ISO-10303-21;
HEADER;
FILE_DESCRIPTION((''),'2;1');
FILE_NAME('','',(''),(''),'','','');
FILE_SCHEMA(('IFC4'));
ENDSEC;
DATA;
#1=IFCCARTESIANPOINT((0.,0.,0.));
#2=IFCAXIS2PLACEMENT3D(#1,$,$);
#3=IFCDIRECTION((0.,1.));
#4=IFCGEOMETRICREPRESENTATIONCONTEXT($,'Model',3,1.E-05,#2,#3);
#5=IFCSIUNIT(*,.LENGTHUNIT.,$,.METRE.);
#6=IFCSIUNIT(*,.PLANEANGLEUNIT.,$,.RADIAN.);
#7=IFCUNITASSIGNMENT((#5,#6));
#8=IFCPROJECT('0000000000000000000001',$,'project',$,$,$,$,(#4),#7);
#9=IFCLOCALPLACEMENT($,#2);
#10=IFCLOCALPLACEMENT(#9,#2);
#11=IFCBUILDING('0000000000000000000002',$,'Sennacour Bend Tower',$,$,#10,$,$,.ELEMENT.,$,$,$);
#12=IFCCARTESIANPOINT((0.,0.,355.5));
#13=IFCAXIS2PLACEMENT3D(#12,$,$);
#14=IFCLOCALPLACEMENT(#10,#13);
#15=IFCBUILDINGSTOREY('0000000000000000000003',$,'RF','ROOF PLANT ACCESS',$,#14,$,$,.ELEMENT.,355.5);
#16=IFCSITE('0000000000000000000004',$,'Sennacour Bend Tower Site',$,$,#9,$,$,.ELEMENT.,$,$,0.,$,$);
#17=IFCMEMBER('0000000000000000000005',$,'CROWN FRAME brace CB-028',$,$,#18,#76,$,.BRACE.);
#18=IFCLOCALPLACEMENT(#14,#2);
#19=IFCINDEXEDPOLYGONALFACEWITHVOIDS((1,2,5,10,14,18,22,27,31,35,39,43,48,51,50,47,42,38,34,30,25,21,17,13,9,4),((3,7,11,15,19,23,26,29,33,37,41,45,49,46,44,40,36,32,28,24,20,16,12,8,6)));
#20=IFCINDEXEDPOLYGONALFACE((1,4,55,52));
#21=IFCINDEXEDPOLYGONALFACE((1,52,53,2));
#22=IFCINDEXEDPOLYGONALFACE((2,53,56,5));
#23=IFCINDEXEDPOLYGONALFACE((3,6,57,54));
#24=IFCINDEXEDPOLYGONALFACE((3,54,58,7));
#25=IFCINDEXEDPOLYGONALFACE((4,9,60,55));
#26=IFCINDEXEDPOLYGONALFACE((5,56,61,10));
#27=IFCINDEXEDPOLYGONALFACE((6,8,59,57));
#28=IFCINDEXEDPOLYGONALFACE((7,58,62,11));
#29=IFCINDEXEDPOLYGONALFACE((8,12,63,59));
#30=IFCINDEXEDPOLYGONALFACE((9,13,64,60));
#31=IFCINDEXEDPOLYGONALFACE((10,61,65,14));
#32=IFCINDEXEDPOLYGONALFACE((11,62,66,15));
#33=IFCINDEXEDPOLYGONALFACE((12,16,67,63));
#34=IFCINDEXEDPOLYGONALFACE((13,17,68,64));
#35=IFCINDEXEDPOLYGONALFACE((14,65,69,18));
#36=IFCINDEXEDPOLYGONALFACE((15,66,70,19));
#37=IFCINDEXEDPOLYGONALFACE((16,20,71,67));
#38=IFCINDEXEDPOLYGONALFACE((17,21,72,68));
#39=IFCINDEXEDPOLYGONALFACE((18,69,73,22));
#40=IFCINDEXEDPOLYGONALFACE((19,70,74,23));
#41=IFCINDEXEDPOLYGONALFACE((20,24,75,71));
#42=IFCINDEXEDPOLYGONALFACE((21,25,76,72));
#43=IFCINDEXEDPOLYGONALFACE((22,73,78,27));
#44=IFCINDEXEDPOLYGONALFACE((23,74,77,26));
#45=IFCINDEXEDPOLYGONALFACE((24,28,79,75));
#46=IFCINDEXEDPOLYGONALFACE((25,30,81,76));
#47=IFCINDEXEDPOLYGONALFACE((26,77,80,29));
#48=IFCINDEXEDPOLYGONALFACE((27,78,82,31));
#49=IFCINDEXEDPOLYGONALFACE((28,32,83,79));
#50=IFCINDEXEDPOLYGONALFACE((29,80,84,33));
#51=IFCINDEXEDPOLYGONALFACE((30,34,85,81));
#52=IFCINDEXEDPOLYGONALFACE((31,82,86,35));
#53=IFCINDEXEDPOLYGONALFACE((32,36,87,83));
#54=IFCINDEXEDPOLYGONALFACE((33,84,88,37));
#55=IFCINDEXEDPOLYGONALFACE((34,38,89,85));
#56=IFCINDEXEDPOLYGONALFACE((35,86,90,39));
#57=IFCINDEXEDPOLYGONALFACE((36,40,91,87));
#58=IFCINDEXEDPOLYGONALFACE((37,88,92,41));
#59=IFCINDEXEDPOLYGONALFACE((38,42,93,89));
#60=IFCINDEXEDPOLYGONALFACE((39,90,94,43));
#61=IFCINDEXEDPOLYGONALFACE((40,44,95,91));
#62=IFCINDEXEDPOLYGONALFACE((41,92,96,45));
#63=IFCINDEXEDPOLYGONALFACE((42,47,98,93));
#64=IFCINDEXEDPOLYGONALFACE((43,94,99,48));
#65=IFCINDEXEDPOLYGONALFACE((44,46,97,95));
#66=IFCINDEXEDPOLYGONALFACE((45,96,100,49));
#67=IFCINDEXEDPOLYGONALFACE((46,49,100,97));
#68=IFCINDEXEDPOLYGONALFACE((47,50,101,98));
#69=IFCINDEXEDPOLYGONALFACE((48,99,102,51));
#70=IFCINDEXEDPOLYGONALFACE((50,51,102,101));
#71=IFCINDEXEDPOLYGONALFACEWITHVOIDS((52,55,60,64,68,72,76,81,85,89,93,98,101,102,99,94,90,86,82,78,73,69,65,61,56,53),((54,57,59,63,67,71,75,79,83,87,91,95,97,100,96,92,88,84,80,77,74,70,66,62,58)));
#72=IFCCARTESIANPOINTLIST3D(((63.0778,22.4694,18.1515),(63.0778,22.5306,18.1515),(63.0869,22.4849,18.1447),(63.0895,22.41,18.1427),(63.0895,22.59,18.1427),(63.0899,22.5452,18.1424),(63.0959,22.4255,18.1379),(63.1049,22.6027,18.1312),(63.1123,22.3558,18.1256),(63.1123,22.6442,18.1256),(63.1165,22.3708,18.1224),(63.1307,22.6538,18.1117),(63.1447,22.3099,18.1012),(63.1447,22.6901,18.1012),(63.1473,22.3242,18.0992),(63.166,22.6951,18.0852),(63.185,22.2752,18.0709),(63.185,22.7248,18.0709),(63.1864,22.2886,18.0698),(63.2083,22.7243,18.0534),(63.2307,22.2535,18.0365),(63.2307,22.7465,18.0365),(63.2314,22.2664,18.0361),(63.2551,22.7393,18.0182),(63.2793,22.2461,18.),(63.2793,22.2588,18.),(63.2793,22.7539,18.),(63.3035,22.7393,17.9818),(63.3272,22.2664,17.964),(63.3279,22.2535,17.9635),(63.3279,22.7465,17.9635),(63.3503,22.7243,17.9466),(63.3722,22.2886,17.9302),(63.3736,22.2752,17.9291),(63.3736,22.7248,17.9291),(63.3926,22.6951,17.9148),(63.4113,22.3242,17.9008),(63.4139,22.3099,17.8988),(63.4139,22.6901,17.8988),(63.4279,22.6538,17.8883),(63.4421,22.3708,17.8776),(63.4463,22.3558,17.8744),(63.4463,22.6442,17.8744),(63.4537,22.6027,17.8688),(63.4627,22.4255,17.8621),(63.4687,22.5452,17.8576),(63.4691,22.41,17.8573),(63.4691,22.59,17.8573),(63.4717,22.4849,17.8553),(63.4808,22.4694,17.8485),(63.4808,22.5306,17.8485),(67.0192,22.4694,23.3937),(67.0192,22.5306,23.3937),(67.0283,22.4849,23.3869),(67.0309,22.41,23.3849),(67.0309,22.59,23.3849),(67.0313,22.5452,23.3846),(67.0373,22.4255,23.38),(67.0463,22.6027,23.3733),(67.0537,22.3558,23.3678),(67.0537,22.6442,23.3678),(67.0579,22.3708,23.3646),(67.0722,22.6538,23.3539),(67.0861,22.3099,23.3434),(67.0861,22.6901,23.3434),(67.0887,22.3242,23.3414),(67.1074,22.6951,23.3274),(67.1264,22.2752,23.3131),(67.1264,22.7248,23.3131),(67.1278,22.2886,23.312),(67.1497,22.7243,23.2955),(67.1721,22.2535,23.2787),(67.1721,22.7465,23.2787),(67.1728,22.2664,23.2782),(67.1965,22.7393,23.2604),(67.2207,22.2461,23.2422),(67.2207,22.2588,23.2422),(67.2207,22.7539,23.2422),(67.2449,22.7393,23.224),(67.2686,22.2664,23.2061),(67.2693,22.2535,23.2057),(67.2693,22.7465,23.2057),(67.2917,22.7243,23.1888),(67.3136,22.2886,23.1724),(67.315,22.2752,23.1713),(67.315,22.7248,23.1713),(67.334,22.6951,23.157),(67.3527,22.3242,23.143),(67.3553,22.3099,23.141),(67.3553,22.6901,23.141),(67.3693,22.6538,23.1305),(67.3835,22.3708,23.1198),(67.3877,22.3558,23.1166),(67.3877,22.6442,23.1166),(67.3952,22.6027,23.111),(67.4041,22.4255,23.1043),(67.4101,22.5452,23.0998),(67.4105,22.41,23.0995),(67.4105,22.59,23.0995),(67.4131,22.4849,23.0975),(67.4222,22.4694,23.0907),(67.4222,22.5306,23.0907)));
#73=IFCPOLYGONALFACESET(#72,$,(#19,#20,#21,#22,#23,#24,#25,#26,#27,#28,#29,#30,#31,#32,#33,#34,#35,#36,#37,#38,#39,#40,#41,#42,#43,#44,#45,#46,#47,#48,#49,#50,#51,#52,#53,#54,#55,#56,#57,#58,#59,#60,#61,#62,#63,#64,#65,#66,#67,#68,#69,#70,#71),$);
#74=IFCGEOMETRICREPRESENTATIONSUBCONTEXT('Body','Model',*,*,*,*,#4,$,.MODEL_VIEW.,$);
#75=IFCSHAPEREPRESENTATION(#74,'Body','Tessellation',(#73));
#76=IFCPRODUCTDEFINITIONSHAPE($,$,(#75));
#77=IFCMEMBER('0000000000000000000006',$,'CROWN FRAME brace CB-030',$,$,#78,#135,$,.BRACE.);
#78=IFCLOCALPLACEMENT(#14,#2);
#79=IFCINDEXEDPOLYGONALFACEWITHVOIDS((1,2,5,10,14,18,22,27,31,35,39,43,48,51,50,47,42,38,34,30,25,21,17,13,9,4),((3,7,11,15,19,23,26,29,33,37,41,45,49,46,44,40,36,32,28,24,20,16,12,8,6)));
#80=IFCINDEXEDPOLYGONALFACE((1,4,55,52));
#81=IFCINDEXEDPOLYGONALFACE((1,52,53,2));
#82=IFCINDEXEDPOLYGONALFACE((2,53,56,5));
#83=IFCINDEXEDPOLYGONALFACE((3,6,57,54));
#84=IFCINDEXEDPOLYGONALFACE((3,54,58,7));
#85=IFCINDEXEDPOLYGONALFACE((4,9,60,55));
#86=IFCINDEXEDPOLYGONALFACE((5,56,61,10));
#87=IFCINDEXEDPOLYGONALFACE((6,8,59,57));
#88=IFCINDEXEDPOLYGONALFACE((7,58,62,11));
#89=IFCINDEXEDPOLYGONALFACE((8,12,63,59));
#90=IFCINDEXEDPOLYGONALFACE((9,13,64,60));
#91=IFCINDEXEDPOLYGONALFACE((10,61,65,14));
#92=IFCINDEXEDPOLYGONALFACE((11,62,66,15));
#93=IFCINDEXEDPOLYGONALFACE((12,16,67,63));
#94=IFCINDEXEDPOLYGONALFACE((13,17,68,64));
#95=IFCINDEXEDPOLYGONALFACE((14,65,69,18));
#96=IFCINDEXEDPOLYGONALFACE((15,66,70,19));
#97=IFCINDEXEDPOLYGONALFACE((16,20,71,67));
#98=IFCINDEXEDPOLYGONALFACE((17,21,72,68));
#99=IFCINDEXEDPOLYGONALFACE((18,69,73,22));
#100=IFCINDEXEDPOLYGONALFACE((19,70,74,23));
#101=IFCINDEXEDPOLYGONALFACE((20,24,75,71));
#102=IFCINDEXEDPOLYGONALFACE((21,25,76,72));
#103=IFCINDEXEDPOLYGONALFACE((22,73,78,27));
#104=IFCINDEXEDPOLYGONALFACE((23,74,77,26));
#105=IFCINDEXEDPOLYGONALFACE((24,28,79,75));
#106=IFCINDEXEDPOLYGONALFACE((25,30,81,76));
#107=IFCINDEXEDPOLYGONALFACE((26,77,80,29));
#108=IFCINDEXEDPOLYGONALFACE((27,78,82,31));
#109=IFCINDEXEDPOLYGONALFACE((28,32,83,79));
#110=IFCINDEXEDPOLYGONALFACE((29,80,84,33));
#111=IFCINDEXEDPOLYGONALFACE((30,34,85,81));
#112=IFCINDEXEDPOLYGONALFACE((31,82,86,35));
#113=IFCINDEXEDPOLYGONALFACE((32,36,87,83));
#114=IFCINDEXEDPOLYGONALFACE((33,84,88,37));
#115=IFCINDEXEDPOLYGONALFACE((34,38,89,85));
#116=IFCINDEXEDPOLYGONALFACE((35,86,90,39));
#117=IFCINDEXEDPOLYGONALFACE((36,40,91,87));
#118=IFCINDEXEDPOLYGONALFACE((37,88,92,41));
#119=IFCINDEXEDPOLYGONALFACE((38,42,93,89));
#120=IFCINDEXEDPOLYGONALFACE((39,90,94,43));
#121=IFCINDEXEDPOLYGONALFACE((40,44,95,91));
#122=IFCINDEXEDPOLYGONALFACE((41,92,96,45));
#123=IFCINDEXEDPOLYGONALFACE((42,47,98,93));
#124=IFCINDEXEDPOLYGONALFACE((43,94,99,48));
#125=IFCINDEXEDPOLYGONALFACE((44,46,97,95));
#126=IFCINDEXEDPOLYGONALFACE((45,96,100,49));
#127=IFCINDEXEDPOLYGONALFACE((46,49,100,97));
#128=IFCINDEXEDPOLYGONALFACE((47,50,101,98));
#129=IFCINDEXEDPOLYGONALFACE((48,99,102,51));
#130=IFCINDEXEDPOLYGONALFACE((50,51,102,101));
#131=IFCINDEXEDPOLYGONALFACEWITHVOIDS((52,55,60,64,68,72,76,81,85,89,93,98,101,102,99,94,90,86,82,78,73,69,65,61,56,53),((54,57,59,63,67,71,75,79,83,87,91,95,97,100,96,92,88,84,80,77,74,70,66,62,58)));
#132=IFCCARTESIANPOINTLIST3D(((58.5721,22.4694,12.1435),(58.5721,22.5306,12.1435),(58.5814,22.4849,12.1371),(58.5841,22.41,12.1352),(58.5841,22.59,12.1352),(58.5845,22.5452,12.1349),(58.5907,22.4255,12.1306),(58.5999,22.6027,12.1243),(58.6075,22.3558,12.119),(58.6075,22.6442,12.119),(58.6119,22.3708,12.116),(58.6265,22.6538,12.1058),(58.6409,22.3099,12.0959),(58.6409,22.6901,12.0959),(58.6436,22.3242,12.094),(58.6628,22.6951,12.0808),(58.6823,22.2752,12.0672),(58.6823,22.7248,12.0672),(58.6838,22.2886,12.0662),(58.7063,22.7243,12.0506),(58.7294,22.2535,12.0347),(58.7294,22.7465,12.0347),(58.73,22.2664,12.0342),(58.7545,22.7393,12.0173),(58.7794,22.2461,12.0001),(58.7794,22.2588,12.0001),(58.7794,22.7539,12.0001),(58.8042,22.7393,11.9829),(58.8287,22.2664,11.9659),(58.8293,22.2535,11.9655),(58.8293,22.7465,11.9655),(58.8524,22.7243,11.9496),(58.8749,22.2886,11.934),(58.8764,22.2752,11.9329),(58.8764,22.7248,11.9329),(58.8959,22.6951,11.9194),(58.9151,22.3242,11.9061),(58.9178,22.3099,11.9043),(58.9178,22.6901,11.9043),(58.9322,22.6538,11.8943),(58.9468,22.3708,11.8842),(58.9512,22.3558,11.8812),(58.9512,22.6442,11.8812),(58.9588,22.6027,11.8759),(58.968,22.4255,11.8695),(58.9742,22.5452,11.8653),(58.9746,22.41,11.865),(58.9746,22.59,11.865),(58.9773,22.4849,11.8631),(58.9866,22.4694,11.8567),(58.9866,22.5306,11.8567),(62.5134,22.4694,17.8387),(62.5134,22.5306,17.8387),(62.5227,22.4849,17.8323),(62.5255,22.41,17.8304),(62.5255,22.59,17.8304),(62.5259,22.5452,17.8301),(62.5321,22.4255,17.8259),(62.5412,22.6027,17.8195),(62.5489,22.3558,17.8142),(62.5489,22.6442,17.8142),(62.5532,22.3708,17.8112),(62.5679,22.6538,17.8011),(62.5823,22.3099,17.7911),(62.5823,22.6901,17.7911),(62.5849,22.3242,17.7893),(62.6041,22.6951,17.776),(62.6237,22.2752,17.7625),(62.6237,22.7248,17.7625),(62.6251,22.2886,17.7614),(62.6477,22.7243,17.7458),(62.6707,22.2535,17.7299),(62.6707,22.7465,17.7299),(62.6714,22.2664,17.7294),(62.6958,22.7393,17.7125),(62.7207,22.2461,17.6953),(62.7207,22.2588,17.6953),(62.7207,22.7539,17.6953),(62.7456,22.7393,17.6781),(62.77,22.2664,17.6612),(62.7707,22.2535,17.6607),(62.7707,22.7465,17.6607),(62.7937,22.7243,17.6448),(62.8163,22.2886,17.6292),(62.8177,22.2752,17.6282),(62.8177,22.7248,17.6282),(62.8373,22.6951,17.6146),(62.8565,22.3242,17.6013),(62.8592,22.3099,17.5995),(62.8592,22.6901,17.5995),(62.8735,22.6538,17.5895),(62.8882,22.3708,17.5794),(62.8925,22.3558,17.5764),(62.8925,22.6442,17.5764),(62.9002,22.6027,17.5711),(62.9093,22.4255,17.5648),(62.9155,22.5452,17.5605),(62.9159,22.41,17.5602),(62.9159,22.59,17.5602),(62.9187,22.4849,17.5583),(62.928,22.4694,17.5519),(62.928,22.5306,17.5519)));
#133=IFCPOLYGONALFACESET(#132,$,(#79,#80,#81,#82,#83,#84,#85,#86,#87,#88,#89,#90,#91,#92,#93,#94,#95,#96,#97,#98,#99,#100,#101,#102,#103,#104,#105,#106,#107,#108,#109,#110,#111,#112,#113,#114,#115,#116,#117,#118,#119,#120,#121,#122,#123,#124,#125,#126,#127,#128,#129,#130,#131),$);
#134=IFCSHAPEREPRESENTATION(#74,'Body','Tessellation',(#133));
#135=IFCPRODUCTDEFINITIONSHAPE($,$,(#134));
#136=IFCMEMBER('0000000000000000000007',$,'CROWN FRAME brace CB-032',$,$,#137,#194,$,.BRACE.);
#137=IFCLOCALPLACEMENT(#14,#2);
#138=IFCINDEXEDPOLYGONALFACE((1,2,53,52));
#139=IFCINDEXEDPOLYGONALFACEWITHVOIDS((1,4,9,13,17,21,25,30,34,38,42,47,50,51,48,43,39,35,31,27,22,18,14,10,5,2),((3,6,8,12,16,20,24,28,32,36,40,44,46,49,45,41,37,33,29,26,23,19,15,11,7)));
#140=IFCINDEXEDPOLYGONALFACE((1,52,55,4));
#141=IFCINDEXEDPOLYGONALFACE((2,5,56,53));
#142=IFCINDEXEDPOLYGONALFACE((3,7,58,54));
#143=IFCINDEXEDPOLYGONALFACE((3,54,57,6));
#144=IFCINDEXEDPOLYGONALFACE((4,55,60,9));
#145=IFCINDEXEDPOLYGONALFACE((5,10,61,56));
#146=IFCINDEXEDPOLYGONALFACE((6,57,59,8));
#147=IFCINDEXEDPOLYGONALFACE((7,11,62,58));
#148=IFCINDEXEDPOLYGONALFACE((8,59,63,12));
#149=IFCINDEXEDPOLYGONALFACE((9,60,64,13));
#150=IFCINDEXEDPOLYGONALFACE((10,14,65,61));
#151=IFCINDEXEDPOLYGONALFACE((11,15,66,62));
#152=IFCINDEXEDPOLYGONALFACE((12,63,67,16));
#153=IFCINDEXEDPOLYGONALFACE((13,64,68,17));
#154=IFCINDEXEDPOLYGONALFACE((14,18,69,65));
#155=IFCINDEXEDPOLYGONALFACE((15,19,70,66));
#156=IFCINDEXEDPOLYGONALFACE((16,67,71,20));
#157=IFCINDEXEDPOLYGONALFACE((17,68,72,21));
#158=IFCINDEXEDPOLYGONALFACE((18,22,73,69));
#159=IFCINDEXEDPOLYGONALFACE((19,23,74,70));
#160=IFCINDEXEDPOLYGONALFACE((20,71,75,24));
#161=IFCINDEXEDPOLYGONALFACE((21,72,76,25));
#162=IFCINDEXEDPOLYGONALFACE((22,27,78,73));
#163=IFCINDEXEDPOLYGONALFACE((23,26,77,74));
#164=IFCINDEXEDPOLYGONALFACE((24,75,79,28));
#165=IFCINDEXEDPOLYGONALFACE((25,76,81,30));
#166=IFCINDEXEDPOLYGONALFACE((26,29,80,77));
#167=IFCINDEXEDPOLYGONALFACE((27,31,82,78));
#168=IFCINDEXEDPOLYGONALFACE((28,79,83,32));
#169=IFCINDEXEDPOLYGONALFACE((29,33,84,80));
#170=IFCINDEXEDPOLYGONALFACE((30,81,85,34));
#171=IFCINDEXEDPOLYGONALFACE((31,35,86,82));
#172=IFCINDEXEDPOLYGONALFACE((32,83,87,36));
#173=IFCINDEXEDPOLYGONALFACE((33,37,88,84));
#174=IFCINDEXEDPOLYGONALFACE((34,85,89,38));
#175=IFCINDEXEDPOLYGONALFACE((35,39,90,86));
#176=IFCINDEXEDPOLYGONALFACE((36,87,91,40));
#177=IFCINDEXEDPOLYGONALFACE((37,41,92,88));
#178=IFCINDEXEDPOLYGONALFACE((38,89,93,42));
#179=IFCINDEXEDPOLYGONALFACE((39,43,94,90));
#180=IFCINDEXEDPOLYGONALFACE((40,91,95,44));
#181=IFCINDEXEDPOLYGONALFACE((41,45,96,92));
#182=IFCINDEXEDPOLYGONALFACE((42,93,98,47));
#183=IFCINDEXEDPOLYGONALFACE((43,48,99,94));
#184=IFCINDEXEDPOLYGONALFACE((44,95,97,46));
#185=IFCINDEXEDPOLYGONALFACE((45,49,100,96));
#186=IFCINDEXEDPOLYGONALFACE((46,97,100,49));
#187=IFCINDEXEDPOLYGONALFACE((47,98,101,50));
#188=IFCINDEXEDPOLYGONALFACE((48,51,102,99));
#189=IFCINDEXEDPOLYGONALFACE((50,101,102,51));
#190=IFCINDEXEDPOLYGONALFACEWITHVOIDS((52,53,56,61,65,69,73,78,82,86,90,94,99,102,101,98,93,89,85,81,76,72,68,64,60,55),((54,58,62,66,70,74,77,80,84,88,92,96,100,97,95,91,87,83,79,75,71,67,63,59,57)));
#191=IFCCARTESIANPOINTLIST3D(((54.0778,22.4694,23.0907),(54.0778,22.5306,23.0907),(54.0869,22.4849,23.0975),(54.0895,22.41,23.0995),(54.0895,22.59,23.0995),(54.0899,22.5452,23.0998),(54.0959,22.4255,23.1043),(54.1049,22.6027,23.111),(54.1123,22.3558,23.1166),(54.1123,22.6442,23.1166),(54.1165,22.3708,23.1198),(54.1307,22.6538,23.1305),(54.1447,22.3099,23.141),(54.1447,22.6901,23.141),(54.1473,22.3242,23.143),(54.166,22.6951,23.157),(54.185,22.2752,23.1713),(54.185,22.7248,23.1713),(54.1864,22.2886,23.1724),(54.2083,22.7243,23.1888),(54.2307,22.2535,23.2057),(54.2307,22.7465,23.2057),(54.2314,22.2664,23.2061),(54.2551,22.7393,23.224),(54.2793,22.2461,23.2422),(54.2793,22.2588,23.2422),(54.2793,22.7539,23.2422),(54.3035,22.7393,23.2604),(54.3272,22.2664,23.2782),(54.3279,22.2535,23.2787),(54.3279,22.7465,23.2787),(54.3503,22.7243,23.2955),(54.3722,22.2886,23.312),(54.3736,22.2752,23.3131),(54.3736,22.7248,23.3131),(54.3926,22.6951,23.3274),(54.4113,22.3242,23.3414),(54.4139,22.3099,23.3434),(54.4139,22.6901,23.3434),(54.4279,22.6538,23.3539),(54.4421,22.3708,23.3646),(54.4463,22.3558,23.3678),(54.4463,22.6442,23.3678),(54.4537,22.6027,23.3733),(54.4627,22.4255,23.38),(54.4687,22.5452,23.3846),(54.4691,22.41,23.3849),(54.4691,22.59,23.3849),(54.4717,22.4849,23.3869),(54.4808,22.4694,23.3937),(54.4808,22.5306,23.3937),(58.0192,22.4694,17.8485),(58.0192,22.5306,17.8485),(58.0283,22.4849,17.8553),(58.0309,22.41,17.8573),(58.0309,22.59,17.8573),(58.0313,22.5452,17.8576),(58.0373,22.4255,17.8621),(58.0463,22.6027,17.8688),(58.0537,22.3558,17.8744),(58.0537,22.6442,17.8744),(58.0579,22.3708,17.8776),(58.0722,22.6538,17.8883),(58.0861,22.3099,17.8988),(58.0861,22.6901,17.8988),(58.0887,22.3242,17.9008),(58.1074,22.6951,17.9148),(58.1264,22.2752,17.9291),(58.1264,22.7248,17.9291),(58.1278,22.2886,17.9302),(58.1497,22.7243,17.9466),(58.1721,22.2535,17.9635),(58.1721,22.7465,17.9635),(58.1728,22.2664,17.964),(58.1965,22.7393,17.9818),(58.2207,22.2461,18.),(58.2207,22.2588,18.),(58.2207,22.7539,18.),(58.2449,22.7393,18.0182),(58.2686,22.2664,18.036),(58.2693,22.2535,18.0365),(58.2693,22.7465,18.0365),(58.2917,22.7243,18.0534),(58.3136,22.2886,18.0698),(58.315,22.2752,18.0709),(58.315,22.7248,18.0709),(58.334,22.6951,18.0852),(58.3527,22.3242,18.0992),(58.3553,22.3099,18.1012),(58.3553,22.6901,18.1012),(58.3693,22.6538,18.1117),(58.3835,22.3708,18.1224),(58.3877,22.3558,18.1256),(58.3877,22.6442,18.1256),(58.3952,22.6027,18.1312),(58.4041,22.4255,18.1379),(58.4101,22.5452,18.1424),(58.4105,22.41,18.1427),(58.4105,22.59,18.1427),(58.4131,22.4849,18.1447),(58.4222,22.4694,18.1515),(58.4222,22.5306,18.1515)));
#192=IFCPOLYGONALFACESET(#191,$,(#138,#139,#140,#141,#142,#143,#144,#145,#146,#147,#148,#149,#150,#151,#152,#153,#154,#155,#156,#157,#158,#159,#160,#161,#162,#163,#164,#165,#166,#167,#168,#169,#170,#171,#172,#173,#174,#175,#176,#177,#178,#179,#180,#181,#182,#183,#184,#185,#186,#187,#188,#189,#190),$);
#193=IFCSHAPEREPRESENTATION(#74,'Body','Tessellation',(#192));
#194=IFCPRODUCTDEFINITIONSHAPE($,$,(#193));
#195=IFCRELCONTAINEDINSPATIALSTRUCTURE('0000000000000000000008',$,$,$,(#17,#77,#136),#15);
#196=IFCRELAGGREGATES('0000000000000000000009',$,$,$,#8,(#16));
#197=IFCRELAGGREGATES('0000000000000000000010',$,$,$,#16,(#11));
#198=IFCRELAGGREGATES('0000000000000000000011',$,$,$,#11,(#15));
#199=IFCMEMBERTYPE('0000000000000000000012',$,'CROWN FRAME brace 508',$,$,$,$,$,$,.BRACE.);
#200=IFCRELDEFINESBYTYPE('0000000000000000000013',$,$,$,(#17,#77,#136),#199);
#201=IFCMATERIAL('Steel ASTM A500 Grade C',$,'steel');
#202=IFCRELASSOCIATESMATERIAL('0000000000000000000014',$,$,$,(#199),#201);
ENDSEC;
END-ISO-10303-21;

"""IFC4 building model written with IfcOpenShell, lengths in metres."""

from ifc_helpers import new_model, si_unit, direction, frame, origin, origin_2d, place, context, subcontext, project, spatial, hollow_circle, extrude, material, material_profile, profile_set, type_object, element, save


model = new_model("IFC4")

# Units and contexts
model_context = context("Model", 3, precision=1e-05, world=origin(), true_north=direction((0.0, 1.0)))
body_context = subcontext(model_context, "Body", "Model", "MODEL_VIEW")
ifc_project = project(units=[si_unit("LENGTHUNIT", "METRE"), si_unit("PLANEANGLEUNIT", "RADIAN")], contexts=[model_context])

# Site, building, storey
site_placement = place(None, origin())
site = spatial("IfcSite", under=ifc_project, at=site_placement, Name="Sennacour Bend Tower Site", CompositionType="ELEMENT", RefElevation=0.0)
building_placement = place(site_placement, origin())
building = spatial("IfcBuilding", under=site, at=building_placement, Name="Sennacour Bend Tower", CompositionType="ELEMENT")
storey_placement = place(building_placement, frame((0.0, 0.0, 355.5)))
storey = spatial("IfcBuildingStorey", under=building, at=storey_placement, Name="RF", Description="ROOF PLANT ACCESS", CompositionType="ELEMENT", Elevation=355.5)

# Members
ifc_material_1 = material(Name="Steel ASTM A500 Grade C", Category="steel")
ifc_material_profile_1 = material_profile(ifc_material_1, hollow_circle(Radius=0.2539, WallThickness=0.0127, at=origin_2d()), Name="Steel ASTM A500 Grade C", Category="steel")
ifc_profile_set_1 = profile_set([ifc_material_profile_1], Name="Steel ASTM A500 Grade C")
member_type_1 = type_object("IfcMemberType", Name="CROWN FRAME brace 508", PredefinedType="BRACE", material=ifc_profile_set_1)
member_1_placement = place(storey_placement, frame((67.2207, 22.5, 23.2422), z_axis=(-0.600953, 0.0, -0.799285), x_axis=(0.0, -1.0, 0.0)))
element("IfcMember", 1, at=member_1_placement, inside=storey, type_object=member_type_1, Name="CROWN FRAME brace CB-028", PredefinedType="BRACE", context=body_context, shape_type="SweptSolid", body=[
    extrude(hollow_circle(Radius=0.2539, WallThickness=0.0127, at=origin_2d()), origin(), (0.0, 0.0, 1.0), 6.5586),
])
member_2_placement = place(storey_placement, frame((62.7207, 22.5, 17.6953), z_axis=(-0.569063, 0.0, -0.822294), x_axis=(0.0, -1.0, 0.0)))
element("IfcMember", 2, at=member_2_placement, inside=storey, type_object=member_type_1, Name="CROWN FRAME brace CB-030", PredefinedType="BRACE", context=body_context, shape_type="SweptSolid", body=[
    extrude(hollow_circle(Radius=0.2539, WallThickness=0.0127, at=origin_2d()), origin(), (0.0, 0.0, 1.0), 6.926),
])
member_3_placement = place(storey_placement, frame((58.2207, 22.5, 18.0), z_axis=(-0.600953, 0.0, 0.799285), x_axis=(0.0, -1.0, 0.0)))
element("IfcMember", 3, at=member_3_placement, inside=storey, type_object=member_type_1, Name="CROWN FRAME brace CB-032", PredefinedType="BRACE", context=body_context, shape_type="SweptSolid", body=[
    extrude(hollow_circle(Radius=0.2539, WallThickness=0.0127, at=origin_2d()), origin(), (0.0, 0.0, 1.0), 6.5586),
])

save(model, "model.ifc")
